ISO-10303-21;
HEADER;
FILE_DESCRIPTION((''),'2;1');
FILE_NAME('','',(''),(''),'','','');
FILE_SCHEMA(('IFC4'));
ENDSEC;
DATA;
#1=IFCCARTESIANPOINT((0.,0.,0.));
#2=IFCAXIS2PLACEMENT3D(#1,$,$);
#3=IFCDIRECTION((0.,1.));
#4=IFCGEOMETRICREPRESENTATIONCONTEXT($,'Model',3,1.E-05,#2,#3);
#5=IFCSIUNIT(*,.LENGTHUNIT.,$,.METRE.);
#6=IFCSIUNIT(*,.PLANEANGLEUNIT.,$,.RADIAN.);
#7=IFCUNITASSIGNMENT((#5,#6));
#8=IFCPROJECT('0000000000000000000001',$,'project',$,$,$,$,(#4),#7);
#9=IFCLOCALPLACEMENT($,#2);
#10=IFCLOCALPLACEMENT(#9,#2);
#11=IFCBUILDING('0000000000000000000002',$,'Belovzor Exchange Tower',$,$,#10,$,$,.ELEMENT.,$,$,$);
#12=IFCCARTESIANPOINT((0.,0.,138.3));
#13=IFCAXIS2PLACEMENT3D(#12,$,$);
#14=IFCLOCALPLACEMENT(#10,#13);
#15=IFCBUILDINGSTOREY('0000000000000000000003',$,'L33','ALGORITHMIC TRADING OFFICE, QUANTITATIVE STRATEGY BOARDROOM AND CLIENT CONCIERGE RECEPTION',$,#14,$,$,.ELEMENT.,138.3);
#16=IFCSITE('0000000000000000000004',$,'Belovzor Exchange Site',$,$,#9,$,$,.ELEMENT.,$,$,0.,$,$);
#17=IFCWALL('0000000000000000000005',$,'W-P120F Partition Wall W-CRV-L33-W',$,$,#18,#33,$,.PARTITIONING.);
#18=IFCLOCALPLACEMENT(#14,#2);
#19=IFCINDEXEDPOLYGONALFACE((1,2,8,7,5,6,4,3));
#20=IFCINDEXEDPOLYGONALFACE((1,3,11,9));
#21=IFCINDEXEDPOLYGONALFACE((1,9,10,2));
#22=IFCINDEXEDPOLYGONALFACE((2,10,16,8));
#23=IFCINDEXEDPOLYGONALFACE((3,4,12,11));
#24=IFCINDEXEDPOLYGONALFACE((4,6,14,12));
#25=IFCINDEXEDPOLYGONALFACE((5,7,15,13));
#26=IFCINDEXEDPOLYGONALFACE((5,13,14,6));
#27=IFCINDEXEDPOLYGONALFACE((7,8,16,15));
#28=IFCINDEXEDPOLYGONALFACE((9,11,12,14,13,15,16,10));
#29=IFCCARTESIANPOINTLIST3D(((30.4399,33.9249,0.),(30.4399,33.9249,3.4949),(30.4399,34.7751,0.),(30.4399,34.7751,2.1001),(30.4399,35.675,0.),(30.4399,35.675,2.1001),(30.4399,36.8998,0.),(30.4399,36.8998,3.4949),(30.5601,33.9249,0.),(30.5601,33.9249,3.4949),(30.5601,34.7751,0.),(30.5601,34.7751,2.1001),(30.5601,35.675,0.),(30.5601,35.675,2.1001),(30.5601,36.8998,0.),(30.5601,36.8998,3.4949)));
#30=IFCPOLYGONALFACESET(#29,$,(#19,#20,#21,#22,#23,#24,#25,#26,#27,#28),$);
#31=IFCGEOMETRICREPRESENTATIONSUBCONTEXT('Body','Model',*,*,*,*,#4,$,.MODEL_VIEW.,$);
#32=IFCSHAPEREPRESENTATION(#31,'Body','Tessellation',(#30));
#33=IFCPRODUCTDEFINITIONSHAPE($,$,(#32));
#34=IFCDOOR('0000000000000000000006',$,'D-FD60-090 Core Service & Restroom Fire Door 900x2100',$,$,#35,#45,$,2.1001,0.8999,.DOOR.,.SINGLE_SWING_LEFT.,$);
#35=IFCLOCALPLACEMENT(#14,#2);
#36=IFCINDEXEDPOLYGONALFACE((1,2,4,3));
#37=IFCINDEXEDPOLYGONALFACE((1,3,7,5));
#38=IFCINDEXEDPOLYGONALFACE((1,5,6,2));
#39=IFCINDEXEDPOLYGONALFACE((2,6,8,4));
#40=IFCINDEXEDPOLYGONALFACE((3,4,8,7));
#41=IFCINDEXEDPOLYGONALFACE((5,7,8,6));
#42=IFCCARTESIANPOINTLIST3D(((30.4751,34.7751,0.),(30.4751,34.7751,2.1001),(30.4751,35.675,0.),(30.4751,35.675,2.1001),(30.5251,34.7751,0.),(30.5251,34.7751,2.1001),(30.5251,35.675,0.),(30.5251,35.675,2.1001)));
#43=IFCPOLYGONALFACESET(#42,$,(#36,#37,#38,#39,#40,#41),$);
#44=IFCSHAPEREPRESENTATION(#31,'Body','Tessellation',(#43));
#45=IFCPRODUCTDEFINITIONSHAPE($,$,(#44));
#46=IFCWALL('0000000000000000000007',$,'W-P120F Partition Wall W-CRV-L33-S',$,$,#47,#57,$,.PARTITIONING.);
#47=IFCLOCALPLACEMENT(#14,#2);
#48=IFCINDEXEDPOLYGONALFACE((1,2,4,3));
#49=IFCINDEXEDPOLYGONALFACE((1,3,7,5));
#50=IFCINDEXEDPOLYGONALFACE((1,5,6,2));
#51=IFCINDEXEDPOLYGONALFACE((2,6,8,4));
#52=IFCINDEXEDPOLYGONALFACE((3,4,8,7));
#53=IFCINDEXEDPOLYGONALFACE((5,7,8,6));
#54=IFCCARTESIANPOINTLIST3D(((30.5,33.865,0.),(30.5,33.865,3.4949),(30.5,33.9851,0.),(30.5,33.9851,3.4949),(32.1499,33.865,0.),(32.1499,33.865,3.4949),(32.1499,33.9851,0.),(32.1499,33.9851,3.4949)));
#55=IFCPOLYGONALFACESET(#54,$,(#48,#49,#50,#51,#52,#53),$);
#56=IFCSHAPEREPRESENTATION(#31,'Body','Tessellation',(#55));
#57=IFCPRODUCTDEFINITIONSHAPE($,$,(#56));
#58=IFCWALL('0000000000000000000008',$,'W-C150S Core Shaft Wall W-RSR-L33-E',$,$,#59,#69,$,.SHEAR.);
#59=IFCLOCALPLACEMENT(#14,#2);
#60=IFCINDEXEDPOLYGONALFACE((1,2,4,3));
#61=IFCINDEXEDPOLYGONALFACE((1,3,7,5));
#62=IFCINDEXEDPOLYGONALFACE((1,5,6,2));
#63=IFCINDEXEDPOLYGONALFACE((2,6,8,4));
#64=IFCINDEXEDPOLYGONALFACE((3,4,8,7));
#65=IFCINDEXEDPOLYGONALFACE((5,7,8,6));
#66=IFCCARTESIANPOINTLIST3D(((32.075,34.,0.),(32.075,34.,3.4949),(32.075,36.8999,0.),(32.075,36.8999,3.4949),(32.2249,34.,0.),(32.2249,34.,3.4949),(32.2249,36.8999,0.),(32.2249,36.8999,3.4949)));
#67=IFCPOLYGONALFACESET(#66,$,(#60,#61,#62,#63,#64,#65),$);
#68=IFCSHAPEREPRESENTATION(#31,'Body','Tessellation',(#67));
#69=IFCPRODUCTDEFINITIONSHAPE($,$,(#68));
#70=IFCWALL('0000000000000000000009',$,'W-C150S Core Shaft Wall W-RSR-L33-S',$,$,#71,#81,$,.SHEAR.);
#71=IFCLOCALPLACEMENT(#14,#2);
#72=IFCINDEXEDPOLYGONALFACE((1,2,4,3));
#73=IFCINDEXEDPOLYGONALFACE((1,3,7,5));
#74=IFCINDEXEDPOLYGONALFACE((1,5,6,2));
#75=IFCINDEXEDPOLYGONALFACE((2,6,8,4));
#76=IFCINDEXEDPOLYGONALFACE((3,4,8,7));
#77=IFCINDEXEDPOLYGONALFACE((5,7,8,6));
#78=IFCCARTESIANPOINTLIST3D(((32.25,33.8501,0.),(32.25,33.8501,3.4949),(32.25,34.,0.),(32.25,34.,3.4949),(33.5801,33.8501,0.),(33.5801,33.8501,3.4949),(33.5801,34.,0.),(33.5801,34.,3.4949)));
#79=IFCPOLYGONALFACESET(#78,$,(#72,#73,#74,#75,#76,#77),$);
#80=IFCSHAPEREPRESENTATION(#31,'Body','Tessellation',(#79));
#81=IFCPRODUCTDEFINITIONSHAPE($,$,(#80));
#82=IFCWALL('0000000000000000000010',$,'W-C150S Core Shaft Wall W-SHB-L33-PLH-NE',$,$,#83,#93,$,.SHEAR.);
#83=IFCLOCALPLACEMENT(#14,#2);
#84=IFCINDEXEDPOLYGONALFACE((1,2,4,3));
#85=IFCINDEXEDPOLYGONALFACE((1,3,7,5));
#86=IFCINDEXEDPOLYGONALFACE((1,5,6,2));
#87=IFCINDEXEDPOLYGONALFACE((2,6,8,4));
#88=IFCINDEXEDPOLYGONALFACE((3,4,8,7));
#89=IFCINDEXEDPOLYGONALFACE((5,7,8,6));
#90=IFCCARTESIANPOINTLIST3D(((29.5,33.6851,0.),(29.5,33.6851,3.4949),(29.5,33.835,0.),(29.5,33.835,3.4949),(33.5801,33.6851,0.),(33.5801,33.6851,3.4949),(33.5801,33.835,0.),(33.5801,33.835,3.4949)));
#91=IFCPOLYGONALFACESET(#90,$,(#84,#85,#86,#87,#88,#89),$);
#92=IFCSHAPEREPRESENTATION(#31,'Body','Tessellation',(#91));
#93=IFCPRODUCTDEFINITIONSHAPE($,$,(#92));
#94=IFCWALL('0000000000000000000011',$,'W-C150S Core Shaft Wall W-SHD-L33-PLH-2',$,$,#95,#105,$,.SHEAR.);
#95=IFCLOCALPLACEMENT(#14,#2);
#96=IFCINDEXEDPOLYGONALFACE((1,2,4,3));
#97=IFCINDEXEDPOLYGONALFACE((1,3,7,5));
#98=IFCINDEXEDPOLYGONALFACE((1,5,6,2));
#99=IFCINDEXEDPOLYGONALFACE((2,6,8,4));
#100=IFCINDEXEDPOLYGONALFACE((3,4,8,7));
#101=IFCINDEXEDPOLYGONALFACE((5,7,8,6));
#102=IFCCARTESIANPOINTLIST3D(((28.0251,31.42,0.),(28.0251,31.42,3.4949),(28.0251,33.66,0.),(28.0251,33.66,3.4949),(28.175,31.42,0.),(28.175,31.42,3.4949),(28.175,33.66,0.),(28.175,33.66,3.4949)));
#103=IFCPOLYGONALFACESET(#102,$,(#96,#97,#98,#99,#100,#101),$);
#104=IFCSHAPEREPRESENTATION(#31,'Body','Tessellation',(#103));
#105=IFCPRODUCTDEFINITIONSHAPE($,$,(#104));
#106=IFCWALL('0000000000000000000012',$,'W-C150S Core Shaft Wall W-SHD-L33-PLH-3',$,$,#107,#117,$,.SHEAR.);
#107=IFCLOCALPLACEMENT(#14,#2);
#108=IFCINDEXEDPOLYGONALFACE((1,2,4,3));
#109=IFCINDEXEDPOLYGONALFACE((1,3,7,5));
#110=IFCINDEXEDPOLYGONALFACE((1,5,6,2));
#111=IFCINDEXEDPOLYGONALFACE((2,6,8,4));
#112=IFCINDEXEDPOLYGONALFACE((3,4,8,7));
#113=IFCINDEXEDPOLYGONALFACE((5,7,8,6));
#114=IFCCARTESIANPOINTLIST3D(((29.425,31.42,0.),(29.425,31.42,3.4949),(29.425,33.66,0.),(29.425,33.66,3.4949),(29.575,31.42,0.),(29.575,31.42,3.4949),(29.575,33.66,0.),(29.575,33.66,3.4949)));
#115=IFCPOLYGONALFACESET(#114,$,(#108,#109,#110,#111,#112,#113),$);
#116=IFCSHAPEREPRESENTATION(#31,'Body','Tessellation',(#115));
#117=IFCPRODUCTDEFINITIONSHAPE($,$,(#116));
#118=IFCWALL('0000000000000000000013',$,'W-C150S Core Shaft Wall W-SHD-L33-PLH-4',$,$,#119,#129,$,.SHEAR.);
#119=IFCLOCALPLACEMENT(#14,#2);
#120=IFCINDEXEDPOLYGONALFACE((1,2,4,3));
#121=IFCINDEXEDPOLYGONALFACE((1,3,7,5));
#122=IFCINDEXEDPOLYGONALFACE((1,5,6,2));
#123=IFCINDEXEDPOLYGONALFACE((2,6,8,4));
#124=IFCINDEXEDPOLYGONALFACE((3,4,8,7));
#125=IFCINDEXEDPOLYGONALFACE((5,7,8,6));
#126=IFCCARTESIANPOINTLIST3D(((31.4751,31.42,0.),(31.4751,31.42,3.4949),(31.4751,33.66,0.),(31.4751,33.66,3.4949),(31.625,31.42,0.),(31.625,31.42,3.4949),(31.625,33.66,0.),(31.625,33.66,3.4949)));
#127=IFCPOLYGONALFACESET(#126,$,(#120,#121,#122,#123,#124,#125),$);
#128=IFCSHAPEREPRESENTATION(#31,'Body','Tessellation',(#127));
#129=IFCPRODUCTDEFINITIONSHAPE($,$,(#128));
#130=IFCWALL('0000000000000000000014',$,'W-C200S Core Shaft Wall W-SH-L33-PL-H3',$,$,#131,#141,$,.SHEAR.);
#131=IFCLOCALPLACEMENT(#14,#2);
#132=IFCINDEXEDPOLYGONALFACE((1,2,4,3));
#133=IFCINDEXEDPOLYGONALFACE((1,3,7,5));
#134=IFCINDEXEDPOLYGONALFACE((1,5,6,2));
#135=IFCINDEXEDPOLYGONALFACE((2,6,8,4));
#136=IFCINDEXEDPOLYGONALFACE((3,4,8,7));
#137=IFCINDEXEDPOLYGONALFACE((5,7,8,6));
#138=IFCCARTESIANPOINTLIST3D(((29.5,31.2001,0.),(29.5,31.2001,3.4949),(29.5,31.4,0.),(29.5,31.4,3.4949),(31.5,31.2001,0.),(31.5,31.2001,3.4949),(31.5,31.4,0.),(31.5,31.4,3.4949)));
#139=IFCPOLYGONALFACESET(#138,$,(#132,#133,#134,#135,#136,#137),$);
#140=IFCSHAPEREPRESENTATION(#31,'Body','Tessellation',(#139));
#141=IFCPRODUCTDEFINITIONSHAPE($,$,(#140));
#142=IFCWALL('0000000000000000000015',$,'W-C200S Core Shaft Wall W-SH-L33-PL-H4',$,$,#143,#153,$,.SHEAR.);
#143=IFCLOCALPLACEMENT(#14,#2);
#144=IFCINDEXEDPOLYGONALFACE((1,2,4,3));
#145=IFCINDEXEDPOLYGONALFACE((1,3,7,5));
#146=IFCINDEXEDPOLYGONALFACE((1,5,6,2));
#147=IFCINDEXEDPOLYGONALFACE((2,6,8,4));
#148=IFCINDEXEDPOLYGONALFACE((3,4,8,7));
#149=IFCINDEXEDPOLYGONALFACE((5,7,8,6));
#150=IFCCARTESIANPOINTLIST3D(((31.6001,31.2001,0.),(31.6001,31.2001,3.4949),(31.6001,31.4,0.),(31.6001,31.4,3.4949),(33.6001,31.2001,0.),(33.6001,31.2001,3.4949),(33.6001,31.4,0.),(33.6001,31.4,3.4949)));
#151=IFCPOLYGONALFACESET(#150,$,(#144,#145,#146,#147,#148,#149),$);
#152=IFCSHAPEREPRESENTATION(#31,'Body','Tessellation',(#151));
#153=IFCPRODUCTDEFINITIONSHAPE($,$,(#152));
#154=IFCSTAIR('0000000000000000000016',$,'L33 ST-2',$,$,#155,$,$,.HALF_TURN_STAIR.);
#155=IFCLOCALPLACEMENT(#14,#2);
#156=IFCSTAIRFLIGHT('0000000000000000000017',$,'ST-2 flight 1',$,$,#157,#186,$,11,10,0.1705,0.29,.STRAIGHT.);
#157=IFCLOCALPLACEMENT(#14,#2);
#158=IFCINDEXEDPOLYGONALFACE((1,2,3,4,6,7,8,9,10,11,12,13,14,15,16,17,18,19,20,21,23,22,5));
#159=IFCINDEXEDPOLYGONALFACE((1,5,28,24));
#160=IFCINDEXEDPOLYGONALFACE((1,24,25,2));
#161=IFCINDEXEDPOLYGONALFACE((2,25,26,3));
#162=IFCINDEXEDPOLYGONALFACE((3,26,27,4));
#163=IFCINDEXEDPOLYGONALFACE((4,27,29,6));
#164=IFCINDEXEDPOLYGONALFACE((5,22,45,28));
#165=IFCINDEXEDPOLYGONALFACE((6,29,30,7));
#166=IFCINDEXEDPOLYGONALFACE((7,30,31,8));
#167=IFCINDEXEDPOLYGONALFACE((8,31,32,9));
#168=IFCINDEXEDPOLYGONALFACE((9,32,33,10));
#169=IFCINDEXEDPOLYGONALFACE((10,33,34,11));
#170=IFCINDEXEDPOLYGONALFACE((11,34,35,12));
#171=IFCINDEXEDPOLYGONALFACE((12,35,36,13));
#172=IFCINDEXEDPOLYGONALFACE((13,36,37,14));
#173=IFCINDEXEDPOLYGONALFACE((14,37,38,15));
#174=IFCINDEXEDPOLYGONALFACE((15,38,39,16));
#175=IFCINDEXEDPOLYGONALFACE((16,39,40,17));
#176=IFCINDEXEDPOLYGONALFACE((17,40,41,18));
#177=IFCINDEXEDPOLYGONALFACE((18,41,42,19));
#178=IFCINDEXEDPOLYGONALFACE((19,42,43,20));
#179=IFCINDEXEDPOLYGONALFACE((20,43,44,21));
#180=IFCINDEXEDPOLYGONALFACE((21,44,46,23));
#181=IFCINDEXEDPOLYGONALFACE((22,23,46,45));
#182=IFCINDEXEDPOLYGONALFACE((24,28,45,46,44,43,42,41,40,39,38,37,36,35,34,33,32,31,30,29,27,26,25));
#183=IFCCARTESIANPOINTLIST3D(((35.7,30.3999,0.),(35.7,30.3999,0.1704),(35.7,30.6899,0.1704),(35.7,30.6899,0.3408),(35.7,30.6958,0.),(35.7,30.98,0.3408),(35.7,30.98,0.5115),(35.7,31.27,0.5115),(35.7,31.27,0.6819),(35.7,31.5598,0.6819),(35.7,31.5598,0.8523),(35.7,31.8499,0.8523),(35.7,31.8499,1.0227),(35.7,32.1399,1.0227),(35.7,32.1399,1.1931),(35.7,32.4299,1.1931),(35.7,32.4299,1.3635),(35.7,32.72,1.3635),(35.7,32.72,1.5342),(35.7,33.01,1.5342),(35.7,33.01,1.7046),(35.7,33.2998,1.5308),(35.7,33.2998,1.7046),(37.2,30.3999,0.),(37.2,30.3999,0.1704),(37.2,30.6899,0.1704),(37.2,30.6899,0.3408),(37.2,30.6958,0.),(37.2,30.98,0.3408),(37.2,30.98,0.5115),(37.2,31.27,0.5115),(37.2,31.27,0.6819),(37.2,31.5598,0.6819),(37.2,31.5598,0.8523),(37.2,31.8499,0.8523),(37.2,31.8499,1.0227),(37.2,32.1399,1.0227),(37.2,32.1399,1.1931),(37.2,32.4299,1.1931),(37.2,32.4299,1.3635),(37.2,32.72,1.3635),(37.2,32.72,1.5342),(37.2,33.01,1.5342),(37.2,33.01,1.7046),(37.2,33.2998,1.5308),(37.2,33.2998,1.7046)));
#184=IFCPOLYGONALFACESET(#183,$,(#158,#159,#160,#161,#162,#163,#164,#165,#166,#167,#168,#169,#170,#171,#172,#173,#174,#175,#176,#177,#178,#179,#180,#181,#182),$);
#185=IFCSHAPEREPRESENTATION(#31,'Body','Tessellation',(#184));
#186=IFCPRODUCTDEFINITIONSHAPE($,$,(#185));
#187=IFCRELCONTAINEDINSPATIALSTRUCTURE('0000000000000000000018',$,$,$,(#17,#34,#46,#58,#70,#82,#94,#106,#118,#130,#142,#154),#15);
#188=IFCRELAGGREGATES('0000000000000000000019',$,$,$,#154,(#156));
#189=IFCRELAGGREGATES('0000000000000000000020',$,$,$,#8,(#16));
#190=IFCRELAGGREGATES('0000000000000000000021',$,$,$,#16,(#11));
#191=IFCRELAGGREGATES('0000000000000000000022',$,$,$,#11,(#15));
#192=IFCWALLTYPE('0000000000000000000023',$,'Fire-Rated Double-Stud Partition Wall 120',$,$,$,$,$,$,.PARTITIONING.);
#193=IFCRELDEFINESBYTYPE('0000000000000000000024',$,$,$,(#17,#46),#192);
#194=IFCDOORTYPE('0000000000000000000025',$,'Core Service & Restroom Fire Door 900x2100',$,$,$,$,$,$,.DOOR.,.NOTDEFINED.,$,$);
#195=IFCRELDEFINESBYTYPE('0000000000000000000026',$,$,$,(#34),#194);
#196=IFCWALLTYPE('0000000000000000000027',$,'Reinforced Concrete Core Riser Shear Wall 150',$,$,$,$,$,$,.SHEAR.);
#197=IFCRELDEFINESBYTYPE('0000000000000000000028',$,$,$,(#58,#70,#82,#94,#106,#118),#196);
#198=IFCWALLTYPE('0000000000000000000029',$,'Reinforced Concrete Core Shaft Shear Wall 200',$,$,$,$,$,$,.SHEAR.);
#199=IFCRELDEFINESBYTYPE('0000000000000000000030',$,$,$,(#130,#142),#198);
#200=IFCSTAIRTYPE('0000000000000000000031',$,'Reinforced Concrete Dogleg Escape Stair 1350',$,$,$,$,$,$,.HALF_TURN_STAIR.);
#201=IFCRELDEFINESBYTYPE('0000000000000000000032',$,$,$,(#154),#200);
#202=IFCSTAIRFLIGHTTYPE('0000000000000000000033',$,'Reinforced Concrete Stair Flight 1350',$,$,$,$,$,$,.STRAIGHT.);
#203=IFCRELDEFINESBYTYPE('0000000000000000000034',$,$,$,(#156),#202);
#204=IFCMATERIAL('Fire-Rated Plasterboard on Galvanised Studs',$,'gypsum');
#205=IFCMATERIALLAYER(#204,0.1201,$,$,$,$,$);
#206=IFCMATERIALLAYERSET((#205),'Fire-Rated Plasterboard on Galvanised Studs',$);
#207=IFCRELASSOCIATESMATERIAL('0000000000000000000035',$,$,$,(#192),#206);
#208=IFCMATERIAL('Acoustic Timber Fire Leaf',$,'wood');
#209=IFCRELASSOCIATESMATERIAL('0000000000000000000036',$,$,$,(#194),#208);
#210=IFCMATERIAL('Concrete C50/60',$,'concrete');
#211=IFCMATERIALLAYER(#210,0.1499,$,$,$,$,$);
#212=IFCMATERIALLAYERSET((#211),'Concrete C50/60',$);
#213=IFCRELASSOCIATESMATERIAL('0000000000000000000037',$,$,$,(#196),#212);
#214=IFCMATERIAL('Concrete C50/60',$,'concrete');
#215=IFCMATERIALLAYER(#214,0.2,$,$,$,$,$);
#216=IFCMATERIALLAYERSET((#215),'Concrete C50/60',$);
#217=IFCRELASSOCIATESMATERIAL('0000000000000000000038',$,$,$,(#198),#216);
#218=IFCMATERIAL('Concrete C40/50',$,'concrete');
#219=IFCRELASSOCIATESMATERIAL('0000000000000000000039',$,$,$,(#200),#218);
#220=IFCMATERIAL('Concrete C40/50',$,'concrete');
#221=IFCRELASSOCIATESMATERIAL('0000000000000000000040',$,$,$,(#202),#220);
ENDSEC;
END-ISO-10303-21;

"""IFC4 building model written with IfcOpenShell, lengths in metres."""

from ifc_helpers import new_model, si_unit, direction, frame, frame_2d, origin, place, context, subcontext, project, spatial, polyline, rectangle, outline, extrude, material, layer, layer_set, type_object, element, fill, aggregate, save


model = new_model("IFC4")

# Units and contexts
model_context = context("Model", 3, precision=1e-05, world=origin(), true_north=direction((0.0, 1.0)))
body_context = subcontext(model_context, "Body", "Model", "MODEL_VIEW")
ifc_project = project(units=[si_unit("LENGTHUNIT", "METRE"), si_unit("PLANEANGLEUNIT", "RADIAN")], contexts=[model_context])

# Site, building, storey
site_placement = place(None, origin())
site = spatial("IfcSite", under=ifc_project, at=site_placement, Name="Belovzor Exchange Site", CompositionType="ELEMENT", RefElevation=0.0)
building_placement = place(site_placement, origin())
building = spatial("IfcBuilding", under=site, at=building_placement, Name="Belovzor Exchange Tower", CompositionType="ELEMENT")
storey_placement = place(building_placement, frame((0.0, 0.0, 138.3)))
storey = spatial("IfcBuildingStorey", under=building, at=storey_placement, Name="L33", Description="ALGORITHMIC TRADING OFFICE, QUANTITATIVE STRATEGY BOARDROOM AND CLIENT CONCIERGE RECEPTION", CompositionType="ELEMENT", Elevation=138.3)

# Wall, opening, door
ifc_material_1 = material(Name="Fire-Rated Plasterboard on Galvanised Studs", Category="gypsum")
ifc_layer_1 = layer(ifc_material_1, 0.1201)
ifc_layer_set_1 = layer_set([ifc_layer_1], Name="Fire-Rated Plasterboard on Galvanised Studs")
wall_type_1 = type_object("IfcWallType", Name="Fire-Rated Double-Stud Partition Wall 120", PredefinedType="PARTITIONING", material=ifc_layer_set_1)
wall_1_placement = place(storey_placement, frame((30.5, 33.925, 0.0), z_axis=(0.0, 0.0, 1.0), x_axis=(0.0, 1.0, 0.0)))
wall_1 = element("IfcWall", 1, at=wall_1_placement, inside=storey, type_object=wall_type_1, Name="W-P120F Partition Wall W-CRV-L33-W", PredefinedType="PARTITIONING", context=body_context, shape_type="SweptSolid", body=[
    extrude(rectangle(XDim=2.9749, YDim=0.1201, at=frame_2d((1.4873, 0.0))), origin(), (0.0, 0.0, 1.0), 3.4949),
])
opening_placement = place(wall_1_placement, frame((0.8501, 0.0, 0.0)))
opening = element("IfcOpeningElement", 2, at=opening_placement, cuts=wall_1, PredefinedType="OPENING", context=body_context, shape_type="SweptSolid", body=[
    extrude(rectangle(XDim=0.8999, YDim=2.1001, at=frame_2d((0.45, 1.05))), frame((0.0, 0.0701, 0.0), z_axis=(0.0, -1.0, 0.0), x_axis=(1.0, 0.0, 0.0)), (0.0, 0.0, 1.0), 0.1401),
])
ifc_material_2 = material(Name="Acoustic Timber Fire Leaf", Category="wood")
door_type = type_object("IfcDoorType", Name="Core Service & Restroom Fire Door 900x2100", OperationType="NOTDEFINED", PredefinedType="DOOR", material=ifc_material_2)
door_placement = place(opening_placement, origin())
door = element("IfcDoor", 3, at=door_placement, inside=storey, type_object=door_type, Name="D-FD60-090 Core Service & Restroom Fire Door 900x2100", OperationType="SINGLE_SWING_LEFT", OverallHeight=2.1001, OverallWidth=0.8999, PredefinedType="DOOR", context=body_context, shape_type="SweptSolid", body=[
    extrude(rectangle(XDim=0.8999, YDim=2.1001, at=frame_2d((0.45, 1.05))), frame((0.0, 0.0249, 0.0), z_axis=(0.0, -1.0, 0.0), x_axis=(1.0, 0.0, 0.0)), (0.0, 0.0, 1.0), 0.05),
])
fill(opening, door)

# Walls
wall_2_placement = place(storey_placement, frame((30.5, 33.925, 0.0), z_axis=(0.0, 0.0, 1.0), x_axis=(1.0, 0.0, 0.0)))
element("IfcWall", 4, at=wall_2_placement, inside=storey, type_object=wall_type_1, Name="W-P120F Partition Wall W-CRV-L33-S", PredefinedType="PARTITIONING", context=body_context, shape_type="SweptSolid", body=[
    extrude(rectangle(XDim=1.6499, YDim=0.1201, at=frame_2d((0.825, 0.0))), origin(), (0.0, 0.0, 1.0), 3.4949),
])
ifc_material_3 = material(Name="Concrete C50/60", Category="concrete")
ifc_layer_2 = layer(ifc_material_3, 0.1499)
ifc_layer_set_2 = layer_set([ifc_layer_2], Name="Concrete C50/60")
wall_type_2 = type_object("IfcWallType", Name="Reinforced Concrete Core Riser Shear Wall 150", PredefinedType="SHEAR", material=ifc_layer_set_2)
wall_3_placement = place(storey_placement, frame((32.1499, 34.0, 0.0), z_axis=(0.0, 0.0, 1.0), x_axis=(0.0, 1.0, 0.0)))
element("IfcWall", 5, at=wall_3_placement, inside=storey, type_object=wall_type_2, Name="W-C150S Core Shaft Wall W-RSR-L33-E", PredefinedType="SHEAR", context=body_context, shape_type="SweptSolid", body=[
    extrude(rectangle(XDim=2.8999, YDim=0.1499, at=frame_2d((1.45, 0.0))), origin(), (0.0, 0.0, 1.0), 3.4949),
])
wall_4_placement = place(storey_placement, frame((32.25, 33.925, 0.0), z_axis=(0.0, 0.0, 1.0), x_axis=(1.0, 0.0, 0.0)))
element("IfcWall", 6, at=wall_4_placement, inside=storey, type_object=wall_type_2, Name="W-C150S Core Shaft Wall W-RSR-L33-S", PredefinedType="SHEAR", context=body_context, shape_type="SweptSolid", body=[
    extrude(rectangle(XDim=1.3301, YDim=0.1499, at=frame_2d((0.665, 0.0))), origin(), (0.0, 0.0, 1.0), 3.4949),
])
wall_5_placement = place(storey_placement, frame((29.5, 33.76, 0.0), z_axis=(0.0, 0.0, 1.0), x_axis=(1.0, 0.0, 0.0)))
element("IfcWall", 7, at=wall_5_placement, inside=storey, type_object=wall_type_2, Name="W-C150S Core Shaft Wall W-SHB-L33-PLH-NE", PredefinedType="SHEAR", context=body_context, shape_type="SweptSolid", body=[
    extrude(rectangle(XDim=4.0801, YDim=0.1499, at=frame_2d((2.04, 0.0))), origin(), (0.0, 0.0, 1.0), 3.4949),
])
for number, where, z_axis, x_axis, name in (
    (8, (28.1001, 31.4199, 0.0), (0.0, 0.0, 1.0), (0.0, 1.0, 0.0), "W-C150S Core Shaft Wall W-SHD-L33-PLH-2"),
    (9, (29.5, 31.4199, 0.0), (0.0, 0.0, 1.0), (0.0, 1.0, 0.0), "W-C150S Core Shaft Wall W-SHD-L33-PLH-3"),
    (10, (31.55, 31.4199, 0.0), (0.0, 0.0, 1.0), (0.0, 1.0, 0.0), "W-C150S Core Shaft Wall W-SHD-L33-PLH-4"),
):
    element("IfcWall", number, at=place(storey_placement, frame(where, z_axis=z_axis, x_axis=x_axis)), inside=storey, type_object=wall_type_2, Name=name, PredefinedType="SHEAR", context=body_context, shape_type="SweptSolid", body=[
        extrude(rectangle(XDim=2.24, YDim=0.1499, at=frame_2d((1.1201, 0.0))), origin(), (0.0, 0.0, 1.0), 3.4949),
    ])
ifc_material_4 = material(Name="Concrete C50/60", Category="concrete")
ifc_layer_3 = layer(ifc_material_4, 0.2)
ifc_layer_set_3 = layer_set([ifc_layer_3], Name="Concrete C50/60")
wall_type_3 = type_object("IfcWallType", Name="Reinforced Concrete Core Shaft Shear Wall 200", PredefinedType="SHEAR", material=ifc_layer_set_3)
for number, where, z_axis, x_axis, name in (
    (11, (29.5, 31.3, 0.0), (0.0, 0.0, 1.0), (1.0, 0.0, 0.0), "W-C200S Core Shaft Wall W-SH-L33-PL-H3"),
    (12, (31.6001, 31.3, 0.0), (0.0, 0.0, 1.0), (1.0, 0.0, 0.0), "W-C200S Core Shaft Wall W-SH-L33-PL-H4"),
):
    element("IfcWall", number, at=place(storey_placement, frame(where, z_axis=z_axis, x_axis=x_axis)), inside=storey, type_object=wall_type_3, Name=name, PredefinedType="SHEAR", context=body_context, shape_type="SweptSolid", body=[
        extrude(rectangle(XDim=2.0, YDim=0.2, at=frame_2d((1.0, 0.0))), origin(), (0.0, 0.0, 1.0), 3.4949),
    ])

# Stair, stair flight
ifc_material_5 = material(Name="Concrete C40/50", Category="concrete")
stair_type = type_object("IfcStairType", Name="Reinforced Concrete Dogleg Escape Stair 1350", PredefinedType="HALF_TURN_STAIR", material=ifc_material_5)
stair_placement = place(storey_placement, origin())
stair = element("IfcStair", 13, at=stair_placement, inside=storey, type_object=stair_type, Name="L33 ST-2", PredefinedType="HALF_TURN_STAIR")
ifc_material_6 = material(Name="Concrete C40/50", Category="concrete")
stair_flight_type = type_object("IfcStairFlightType", Name="Reinforced Concrete Stair Flight 1350", PredefinedType="STRAIGHT", material=ifc_material_6)
stair_flight_1_placement = place(storey_placement, frame((36.45, 30.3999, 0.0), z_axis=(0.0, 0.0, 1.0), x_axis=(0.0, 1.0, 0.0)))
stair_flight_1 = element("IfcStairFlight", 14, at=stair_flight_1_placement, type_object=stair_flight_type, Name="ST-2 flight 1", NumberOfRisers=11, NumberOfTreads=10, PredefinedType="STRAIGHT", RiserHeight=0.1705, TreadLength=0.29, context=body_context, shape_type="SweptSolid", body=[
    extrude(outline(polyline([(0.0, 0.0), (0.0, 0.1704), (0.29, 0.1704), (0.29, 0.3408), (0.5801, 0.3408), (0.5801, 0.5115), (0.8701, 0.5115), (0.8701, 0.6819), (1.1599, 0.6819), (1.1599, 0.8523), (1.45, 0.8523), (1.45, 1.0227), (1.74, 1.0227), (1.74, 1.1931), (2.03, 1.1931), (2.03, 1.3635), (2.3201, 1.3635), (2.3201, 1.5342), (2.6101, 1.5342), (2.6101, 1.7046), (2.8999, 1.7046), (2.8999, 1.875), (2.8999, 1.5308), (0.2959, 0.0), (0.0, 0.0)])), frame((0.0, 0.75, 0.0), z_axis=(0.0, -1.0, 0.0), x_axis=(1.0, 0.0, 0.0)), (0.0, 0.0, 1.0), 1.5),
])
aggregate(stair, [stair_flight_1])

save(model, "model.ifc")
